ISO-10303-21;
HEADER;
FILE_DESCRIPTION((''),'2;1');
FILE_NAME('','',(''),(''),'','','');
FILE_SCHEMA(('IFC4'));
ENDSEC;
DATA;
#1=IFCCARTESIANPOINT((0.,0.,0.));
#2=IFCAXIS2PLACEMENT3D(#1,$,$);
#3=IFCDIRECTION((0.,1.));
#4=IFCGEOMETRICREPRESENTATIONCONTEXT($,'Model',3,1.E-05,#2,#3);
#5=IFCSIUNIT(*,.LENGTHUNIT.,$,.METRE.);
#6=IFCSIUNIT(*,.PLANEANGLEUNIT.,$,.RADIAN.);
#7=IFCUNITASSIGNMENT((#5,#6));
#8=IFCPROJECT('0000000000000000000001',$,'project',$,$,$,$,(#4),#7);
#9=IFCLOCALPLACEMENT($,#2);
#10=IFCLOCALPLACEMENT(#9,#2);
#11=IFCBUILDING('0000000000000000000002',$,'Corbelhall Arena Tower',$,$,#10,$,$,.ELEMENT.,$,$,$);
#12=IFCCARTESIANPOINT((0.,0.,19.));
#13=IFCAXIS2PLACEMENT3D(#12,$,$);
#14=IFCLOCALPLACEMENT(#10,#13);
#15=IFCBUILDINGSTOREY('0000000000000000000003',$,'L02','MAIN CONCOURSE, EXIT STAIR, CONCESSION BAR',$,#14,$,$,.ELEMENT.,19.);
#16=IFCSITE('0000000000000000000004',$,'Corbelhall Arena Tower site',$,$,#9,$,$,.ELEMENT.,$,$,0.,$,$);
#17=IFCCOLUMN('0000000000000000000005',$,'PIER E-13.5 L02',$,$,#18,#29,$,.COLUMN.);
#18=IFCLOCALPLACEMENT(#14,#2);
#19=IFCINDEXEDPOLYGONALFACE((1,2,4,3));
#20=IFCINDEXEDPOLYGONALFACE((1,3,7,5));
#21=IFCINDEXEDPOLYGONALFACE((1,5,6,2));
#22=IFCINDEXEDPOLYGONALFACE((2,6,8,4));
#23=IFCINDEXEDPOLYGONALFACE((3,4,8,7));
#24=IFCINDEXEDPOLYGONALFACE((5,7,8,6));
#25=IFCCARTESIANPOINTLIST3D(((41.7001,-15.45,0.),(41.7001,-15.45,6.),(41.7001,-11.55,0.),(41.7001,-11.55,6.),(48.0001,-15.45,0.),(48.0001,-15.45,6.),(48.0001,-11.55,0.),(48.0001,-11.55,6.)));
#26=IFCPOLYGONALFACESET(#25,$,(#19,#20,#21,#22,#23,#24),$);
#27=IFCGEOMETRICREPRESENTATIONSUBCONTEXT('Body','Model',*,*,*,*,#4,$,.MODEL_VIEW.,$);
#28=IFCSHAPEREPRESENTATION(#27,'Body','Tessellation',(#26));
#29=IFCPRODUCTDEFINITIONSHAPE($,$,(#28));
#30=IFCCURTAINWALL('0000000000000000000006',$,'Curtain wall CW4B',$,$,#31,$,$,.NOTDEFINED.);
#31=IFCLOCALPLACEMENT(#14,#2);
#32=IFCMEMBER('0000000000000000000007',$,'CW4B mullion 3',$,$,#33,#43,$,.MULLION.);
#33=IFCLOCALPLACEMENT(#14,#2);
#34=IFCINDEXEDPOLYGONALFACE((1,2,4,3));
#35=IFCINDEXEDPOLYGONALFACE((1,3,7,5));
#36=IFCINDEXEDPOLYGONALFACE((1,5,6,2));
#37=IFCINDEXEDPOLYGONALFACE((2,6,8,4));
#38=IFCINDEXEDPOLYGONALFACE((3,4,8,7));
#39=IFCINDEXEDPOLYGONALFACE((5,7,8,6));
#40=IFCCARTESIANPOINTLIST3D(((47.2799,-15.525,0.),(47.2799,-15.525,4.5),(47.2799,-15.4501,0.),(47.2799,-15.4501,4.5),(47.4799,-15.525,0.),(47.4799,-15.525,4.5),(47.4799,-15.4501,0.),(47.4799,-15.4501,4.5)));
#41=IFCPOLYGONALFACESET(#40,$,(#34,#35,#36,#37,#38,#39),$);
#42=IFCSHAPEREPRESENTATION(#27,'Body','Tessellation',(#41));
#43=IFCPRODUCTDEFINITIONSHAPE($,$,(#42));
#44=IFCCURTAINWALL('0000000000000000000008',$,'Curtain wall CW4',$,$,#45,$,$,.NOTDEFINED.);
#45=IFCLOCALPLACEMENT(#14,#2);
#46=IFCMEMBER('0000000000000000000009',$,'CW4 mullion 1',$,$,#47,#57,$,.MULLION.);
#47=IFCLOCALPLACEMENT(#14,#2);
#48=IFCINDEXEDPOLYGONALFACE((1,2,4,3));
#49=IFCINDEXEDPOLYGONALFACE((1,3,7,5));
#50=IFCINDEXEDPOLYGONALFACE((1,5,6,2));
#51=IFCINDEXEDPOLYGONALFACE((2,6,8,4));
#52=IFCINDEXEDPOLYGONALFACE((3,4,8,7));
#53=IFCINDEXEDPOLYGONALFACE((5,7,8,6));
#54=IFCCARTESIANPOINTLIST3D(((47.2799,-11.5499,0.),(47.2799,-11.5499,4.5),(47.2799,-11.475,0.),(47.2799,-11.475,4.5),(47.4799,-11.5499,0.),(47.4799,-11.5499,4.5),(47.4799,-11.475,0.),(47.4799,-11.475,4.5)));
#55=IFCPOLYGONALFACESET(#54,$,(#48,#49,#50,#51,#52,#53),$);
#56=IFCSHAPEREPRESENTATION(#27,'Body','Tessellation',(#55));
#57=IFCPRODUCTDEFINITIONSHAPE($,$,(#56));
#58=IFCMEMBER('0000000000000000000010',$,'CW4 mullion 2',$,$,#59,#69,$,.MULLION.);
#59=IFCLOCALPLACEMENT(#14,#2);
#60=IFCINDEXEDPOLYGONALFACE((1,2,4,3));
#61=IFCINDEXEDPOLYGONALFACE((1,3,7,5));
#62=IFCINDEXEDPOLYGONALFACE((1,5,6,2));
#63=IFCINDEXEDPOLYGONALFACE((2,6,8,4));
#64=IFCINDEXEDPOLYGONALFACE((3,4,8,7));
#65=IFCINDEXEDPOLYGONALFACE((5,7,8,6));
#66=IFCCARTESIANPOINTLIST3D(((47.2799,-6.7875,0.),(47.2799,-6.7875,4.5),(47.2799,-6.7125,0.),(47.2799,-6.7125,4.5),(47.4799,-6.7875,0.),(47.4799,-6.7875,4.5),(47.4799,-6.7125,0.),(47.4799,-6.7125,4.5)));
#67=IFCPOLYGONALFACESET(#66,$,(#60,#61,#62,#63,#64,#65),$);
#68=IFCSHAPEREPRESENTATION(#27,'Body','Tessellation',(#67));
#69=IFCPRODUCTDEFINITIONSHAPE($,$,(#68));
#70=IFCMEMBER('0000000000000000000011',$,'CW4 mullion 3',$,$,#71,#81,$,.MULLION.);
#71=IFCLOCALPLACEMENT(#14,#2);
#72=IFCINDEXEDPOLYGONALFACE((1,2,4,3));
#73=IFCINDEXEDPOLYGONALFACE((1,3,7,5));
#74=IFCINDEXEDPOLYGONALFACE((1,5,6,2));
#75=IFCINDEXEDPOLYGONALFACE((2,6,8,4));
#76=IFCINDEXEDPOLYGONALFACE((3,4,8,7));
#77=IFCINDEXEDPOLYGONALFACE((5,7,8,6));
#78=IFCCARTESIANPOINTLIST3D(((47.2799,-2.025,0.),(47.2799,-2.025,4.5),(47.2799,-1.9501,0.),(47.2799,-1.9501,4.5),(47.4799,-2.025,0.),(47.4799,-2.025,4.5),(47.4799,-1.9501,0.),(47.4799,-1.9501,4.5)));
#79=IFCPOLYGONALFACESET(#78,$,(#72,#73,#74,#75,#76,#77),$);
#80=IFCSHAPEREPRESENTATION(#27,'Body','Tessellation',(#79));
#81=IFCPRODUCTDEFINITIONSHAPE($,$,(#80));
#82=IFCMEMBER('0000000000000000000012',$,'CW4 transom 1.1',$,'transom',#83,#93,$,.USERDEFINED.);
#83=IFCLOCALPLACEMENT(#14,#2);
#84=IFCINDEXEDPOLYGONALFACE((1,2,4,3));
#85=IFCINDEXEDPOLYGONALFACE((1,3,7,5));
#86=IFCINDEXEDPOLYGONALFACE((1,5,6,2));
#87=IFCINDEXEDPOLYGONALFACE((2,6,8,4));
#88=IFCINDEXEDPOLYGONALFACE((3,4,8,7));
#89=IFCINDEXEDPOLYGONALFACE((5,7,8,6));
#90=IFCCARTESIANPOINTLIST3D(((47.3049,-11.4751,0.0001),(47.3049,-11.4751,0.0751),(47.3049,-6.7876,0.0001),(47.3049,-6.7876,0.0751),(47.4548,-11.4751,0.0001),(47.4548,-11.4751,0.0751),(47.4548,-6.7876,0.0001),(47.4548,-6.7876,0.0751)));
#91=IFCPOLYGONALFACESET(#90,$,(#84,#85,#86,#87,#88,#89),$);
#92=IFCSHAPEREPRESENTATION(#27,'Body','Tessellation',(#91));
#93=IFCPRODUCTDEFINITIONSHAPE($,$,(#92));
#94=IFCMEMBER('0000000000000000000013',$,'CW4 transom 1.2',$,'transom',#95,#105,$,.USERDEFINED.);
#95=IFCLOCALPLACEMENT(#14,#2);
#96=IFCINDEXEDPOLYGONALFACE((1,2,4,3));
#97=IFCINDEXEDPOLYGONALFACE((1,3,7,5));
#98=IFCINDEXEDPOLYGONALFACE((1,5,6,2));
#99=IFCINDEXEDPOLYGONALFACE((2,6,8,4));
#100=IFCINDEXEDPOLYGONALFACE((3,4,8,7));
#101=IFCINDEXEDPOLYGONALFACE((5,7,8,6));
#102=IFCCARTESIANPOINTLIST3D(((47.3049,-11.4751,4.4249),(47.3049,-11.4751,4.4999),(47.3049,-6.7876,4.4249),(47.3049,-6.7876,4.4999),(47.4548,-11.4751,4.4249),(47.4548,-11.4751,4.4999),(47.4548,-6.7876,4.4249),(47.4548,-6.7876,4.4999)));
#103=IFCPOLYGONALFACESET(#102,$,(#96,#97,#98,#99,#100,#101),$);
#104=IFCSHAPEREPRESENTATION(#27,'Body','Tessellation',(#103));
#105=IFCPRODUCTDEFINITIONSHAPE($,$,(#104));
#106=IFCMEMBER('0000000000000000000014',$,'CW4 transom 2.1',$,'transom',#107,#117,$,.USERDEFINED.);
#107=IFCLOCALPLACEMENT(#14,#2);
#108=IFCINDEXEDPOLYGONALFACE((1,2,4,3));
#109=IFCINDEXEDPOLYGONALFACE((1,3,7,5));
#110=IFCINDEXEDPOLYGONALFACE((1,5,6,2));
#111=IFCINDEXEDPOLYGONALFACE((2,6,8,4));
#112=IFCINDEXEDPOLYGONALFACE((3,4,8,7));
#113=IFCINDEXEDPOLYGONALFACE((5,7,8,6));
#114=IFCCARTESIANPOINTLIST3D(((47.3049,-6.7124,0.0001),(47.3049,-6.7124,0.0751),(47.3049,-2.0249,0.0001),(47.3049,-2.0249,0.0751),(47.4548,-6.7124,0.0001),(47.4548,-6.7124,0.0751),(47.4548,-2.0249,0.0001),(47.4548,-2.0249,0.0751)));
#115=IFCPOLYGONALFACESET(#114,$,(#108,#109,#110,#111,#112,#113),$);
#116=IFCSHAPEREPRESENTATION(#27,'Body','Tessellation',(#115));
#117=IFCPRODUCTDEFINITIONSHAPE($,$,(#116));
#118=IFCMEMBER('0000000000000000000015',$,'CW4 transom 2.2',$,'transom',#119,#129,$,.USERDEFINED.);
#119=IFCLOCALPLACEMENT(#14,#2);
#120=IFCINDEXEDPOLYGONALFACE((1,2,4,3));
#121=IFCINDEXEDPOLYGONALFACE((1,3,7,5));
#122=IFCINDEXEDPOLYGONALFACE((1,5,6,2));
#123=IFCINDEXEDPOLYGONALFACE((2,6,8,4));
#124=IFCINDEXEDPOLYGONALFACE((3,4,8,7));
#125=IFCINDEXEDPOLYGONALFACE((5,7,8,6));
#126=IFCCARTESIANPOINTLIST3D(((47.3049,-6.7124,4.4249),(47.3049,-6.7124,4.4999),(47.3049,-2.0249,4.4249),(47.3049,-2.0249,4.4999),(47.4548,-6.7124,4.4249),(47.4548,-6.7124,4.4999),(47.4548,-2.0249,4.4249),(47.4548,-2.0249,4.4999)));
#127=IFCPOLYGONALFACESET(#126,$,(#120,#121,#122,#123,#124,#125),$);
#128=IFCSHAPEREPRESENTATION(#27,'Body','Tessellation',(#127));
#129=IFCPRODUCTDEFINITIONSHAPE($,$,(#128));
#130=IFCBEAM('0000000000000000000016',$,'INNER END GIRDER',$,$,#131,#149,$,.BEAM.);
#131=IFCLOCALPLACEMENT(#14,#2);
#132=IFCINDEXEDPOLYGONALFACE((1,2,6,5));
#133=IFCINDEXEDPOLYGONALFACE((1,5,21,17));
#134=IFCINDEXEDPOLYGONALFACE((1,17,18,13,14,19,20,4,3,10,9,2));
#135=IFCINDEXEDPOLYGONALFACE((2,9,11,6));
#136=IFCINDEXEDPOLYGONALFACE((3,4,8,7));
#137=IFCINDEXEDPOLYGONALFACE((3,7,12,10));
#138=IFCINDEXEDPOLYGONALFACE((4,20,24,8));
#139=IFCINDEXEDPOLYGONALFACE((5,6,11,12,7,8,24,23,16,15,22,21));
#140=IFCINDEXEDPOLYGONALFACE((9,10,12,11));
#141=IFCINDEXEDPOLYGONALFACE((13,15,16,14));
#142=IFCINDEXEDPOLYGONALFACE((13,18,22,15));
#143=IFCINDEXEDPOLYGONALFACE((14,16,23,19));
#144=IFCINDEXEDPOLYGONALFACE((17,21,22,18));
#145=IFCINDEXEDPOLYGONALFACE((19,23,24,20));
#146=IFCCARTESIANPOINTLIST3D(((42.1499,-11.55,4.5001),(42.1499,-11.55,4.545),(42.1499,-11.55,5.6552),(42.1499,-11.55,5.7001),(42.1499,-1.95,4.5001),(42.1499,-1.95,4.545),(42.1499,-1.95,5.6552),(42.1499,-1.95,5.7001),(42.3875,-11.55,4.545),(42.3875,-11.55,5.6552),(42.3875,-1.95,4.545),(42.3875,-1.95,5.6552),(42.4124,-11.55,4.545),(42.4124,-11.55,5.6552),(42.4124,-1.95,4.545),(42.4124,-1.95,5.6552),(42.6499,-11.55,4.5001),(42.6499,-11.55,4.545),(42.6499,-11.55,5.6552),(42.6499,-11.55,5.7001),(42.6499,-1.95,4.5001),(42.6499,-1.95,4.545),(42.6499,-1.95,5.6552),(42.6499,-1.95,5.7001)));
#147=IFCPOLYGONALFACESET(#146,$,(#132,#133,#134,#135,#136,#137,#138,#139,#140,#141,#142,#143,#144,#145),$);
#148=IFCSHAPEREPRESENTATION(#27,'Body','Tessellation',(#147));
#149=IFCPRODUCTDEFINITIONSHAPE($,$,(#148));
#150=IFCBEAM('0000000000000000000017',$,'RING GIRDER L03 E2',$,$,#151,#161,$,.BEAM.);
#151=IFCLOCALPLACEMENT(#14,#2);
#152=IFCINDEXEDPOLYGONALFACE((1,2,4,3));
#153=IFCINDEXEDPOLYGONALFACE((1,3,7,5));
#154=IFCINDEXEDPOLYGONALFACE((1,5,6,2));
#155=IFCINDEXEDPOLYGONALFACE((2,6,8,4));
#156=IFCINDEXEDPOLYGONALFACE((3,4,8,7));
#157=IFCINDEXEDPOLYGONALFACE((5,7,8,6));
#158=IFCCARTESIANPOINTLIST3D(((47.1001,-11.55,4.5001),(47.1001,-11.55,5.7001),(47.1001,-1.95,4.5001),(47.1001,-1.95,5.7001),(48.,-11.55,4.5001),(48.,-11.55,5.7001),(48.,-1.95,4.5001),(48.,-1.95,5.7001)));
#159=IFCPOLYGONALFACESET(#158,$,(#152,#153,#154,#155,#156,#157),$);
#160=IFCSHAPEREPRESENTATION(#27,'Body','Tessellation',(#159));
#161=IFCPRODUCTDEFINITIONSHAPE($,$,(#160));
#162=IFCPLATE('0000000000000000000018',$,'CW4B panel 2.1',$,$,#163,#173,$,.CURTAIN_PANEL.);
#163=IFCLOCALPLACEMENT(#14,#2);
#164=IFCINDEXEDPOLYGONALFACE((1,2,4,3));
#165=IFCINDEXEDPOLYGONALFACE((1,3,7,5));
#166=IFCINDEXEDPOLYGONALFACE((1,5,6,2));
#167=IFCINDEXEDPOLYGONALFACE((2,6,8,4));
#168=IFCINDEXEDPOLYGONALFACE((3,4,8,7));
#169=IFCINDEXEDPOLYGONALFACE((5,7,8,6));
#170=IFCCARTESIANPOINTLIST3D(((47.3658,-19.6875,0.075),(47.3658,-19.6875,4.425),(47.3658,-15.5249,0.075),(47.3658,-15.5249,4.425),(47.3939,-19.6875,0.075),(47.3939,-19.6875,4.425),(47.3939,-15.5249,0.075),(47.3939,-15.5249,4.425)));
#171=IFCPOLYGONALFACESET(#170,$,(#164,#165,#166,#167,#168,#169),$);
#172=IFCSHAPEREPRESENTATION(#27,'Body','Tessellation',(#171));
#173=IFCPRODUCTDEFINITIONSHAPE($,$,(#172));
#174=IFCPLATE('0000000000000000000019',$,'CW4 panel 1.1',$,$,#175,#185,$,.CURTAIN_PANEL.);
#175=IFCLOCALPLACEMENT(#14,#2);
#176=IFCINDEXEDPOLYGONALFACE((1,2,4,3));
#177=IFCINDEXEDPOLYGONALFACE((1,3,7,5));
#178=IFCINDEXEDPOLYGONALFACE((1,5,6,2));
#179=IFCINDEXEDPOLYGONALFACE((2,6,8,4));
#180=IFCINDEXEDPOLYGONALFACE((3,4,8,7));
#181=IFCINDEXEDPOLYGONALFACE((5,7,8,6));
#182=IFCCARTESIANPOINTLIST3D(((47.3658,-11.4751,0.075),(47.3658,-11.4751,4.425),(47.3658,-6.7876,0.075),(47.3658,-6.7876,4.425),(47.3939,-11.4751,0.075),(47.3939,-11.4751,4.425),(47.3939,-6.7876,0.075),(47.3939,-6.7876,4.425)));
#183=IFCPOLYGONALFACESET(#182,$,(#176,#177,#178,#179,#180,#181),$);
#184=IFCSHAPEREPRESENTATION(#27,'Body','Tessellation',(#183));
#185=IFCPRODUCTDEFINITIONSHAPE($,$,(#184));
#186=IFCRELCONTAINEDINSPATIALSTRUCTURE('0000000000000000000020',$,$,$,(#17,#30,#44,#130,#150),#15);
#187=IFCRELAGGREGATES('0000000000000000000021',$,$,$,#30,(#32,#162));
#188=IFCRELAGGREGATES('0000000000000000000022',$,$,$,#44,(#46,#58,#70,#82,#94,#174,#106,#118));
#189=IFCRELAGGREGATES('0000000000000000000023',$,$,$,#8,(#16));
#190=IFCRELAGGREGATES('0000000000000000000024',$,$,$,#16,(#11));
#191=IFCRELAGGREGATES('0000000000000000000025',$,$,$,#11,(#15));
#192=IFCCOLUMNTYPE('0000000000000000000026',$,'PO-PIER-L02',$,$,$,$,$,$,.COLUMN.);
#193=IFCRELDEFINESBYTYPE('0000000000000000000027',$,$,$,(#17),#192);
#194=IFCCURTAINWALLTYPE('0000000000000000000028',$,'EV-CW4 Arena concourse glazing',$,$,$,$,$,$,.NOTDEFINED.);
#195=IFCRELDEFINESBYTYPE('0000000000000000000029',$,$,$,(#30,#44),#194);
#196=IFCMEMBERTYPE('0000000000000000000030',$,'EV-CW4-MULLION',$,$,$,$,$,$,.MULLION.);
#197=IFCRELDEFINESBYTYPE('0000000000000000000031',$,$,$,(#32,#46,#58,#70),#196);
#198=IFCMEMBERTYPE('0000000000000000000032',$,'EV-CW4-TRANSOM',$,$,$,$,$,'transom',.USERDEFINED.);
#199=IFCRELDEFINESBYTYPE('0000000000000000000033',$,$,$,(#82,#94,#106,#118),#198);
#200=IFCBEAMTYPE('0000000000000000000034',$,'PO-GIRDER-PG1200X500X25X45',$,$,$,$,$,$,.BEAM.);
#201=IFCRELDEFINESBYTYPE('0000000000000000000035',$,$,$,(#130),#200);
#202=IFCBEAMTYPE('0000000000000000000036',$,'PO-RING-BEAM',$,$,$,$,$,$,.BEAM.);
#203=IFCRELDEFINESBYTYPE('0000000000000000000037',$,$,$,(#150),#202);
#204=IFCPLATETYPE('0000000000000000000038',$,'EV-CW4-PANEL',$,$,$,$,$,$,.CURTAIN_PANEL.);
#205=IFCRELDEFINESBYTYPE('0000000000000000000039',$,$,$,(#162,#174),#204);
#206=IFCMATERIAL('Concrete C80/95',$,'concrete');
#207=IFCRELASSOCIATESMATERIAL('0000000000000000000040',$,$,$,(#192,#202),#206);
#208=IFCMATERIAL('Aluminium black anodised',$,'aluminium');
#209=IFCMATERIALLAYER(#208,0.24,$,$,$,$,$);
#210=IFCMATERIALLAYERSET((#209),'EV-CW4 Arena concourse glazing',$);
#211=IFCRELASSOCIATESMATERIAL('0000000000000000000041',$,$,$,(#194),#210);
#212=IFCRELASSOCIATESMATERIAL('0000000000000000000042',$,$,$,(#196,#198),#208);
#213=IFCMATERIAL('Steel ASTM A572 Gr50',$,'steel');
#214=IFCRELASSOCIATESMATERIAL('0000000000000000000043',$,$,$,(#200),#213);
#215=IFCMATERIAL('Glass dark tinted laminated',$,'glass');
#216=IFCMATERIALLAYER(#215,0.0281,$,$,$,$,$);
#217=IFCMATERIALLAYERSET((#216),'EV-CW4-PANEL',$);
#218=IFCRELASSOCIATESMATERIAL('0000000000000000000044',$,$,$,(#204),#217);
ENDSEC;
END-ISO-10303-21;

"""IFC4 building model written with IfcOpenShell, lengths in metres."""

from ifc_helpers import new_model, si_unit, direction, frame, origin, origin_2d, place, context, subcontext, project, spatial, rectangle, i_section, extrude, material, layer, layer_set, material_profile, profile_set, type_object, element, aggregate, save


model = new_model("IFC4")

# Units and contexts
model_context = context("Model", 3, precision=1e-05, world=origin(), true_north=direction((0.0, 1.0)))
body_context = subcontext(model_context, "Body", "Model", "MODEL_VIEW")
ifc_project = project(units=[si_unit("LENGTHUNIT", "METRE"), si_unit("PLANEANGLEUNIT", "RADIAN")], contexts=[model_context])

# Site, building, storey
site_placement = place(None, origin())
site = spatial("IfcSite", under=ifc_project, at=site_placement, Name="Corbelhall Arena Tower site", CompositionType="ELEMENT", RefElevation=0.0)
building_placement = place(site_placement, origin())
building = spatial("IfcBuilding", under=site, at=building_placement, Name="Corbelhall Arena Tower", CompositionType="ELEMENT")
storey_placement = place(building_placement, frame((0.0, 0.0, 19.0)))
storey = spatial("IfcBuildingStorey", under=building, at=storey_placement, Name="L02", Description="MAIN CONCOURSE, EXIT STAIR, CONCESSION BAR", CompositionType="ELEMENT", Elevation=19.0)

# Column
ifc_material_1 = material(Name="Concrete C80/95", Category="concrete")
ifc_material_profile_1 = material_profile(ifc_material_1, rectangle(XDim=3.8999, YDim=6.3, at=origin_2d()))
ifc_profile_set_1 = profile_set([ifc_material_profile_1], Name="Concrete C80/95")
column_type = type_object("IfcColumnType", Name="PO-PIER-L02", PredefinedType="COLUMN", material=ifc_profile_set_1)
column_placement = place(storey_placement, frame((44.8501, -13.5, 0.0), z_axis=(0.0, 0.0, 1.0), x_axis=(0.0, 1.0, 0.0)))
element("IfcColumn", 1, at=column_placement, inside=storey, type_object=column_type, Name="PIER E-13.5 L02", PredefinedType="COLUMN", context=body_context, shape_type="SweptSolid", body=[
    extrude(rectangle(XDim=3.8999, YDim=6.3, at=origin_2d()), origin(), (0.0, 0.0, 1.0), 6.0),
])

# Curtain wall, member
ifc_material_2 = material(Name="Aluminium black anodised", Category="aluminium")
ifc_layer_1 = layer(ifc_material_2, 0.24)
ifc_layer_set_1 = layer_set([ifc_layer_1], Name="EV-CW4 Arena concourse glazing")
curtain_wall_type = type_object("IfcCurtainWallType", Name="EV-CW4 Arena concourse glazing", PredefinedType="NOTDEFINED", material=ifc_layer_set_1)
curtain_wall_1_placement = place(storey_placement, origin())
curtain_wall_1 = element("IfcCurtainWall", 2, at=curtain_wall_1_placement, inside=storey, type_object=curtain_wall_type, Name="Curtain wall CW4B", PredefinedType="NOTDEFINED")
ifc_material_profile_2 = material_profile(ifc_material_2, rectangle(XDim=0.2, YDim=0.075, at=origin_2d()))
ifc_profile_set_2 = profile_set([ifc_material_profile_2], Name="Aluminium black anodised")
member_type_1 = type_object("IfcMemberType", Name="EV-CW4-MULLION", PredefinedType="MULLION", material=ifc_profile_set_2)
member_1_placement = place(storey_placement, frame((47.3799, -15.4875, 0.0), z_axis=(0.0, 0.0, 1.0), x_axis=(-1.0, 0.0, 0.0)))
member_1 = element("IfcMember", 3, at=member_1_placement, type_object=member_type_1, Name="CW4B mullion 3", PredefinedType="MULLION", context=body_context, shape_type="SweptSolid", body=[
    extrude(rectangle(XDim=0.2, YDim=0.075, at=origin_2d()), origin(), (0.0, 0.0, 1.0), 4.5),
])

# Curtain wall, members
curtain_wall_2_placement = place(storey_placement, origin())
curtain_wall_2 = element("IfcCurtainWall", 4, at=curtain_wall_2_placement, inside=storey, type_object=curtain_wall_type, Name="Curtain wall CW4", PredefinedType="NOTDEFINED")
member_2_placement = place(storey_placement, frame((47.3799, -11.5125, 0.0), z_axis=(0.0, 0.0, 1.0), x_axis=(-1.0, 0.0, 0.0)))
member_2 = element("IfcMember", 5, at=member_2_placement, type_object=member_type_1, Name="CW4 mullion 1", PredefinedType="MULLION", context=body_context, shape_type="SweptSolid", body=[
    extrude(rectangle(XDim=0.2, YDim=0.075, at=origin_2d()), origin(), (0.0, 0.0, 1.0), 4.5),
])
member_3_placement = place(storey_placement, frame((47.3799, -6.75, 0.0), z_axis=(0.0, 0.0, 1.0), x_axis=(-1.0, 0.0, 0.0)))
member_3 = element("IfcMember", 6, at=member_3_placement, type_object=member_type_1, Name="CW4 mullion 2", PredefinedType="MULLION", context=body_context, shape_type="SweptSolid", body=[
    extrude(rectangle(XDim=0.2, YDim=0.075, at=origin_2d()), origin(), (0.0, 0.0, 1.0), 4.5),
])
member_4_placement = place(storey_placement, frame((47.3799, -1.9875, 0.0), z_axis=(0.0, 0.0, 1.0), x_axis=(-1.0, 0.0, 0.0)))
member_4 = element("IfcMember", 7, at=member_4_placement, type_object=member_type_1, Name="CW4 mullion 3", PredefinedType="MULLION", context=body_context, shape_type="SweptSolid", body=[
    extrude(rectangle(XDim=0.2, YDim=0.075, at=origin_2d()), origin(), (0.0, 0.0, 1.0), 4.5),
])
ifc_material_profile_3 = material_profile(ifc_material_2, rectangle(XDim=0.1499, YDim=0.075, at=origin_2d()))
ifc_profile_set_3 = profile_set([ifc_material_profile_3], Name="Aluminium black anodised")
member_type_2 = type_object("IfcMemberType", Name="EV-CW4-TRANSOM", ElementType="transom", PredefinedType="USERDEFINED", material=ifc_profile_set_3)
member_5_placement = place(storey_placement, frame((47.3799, -11.4751, 0.0376), z_axis=(0.0, 1.0, 0.0), x_axis=(-1.0, 0.0, 0.0)))
member_5 = element("IfcMember", 8, at=member_5_placement, type_object=member_type_2, Name="CW4 transom 1.1", ObjectType="transom", PredefinedType="USERDEFINED", context=body_context, shape_type="SweptSolid", body=[
    extrude(rectangle(XDim=0.1499, YDim=0.075, at=origin_2d()), origin(), (0.0, 0.0, 1.0), 4.6875),
])
member_6_placement = place(storey_placement, frame((47.3799, -11.4751, 4.4624), z_axis=(0.0, 1.0, 0.0), x_axis=(-1.0, 0.0, 0.0)))
member_6 = element("IfcMember", 9, at=member_6_placement, type_object=member_type_2, Name="CW4 transom 1.2", ObjectType="transom", PredefinedType="USERDEFINED", context=body_context, shape_type="SweptSolid", body=[
    extrude(rectangle(XDim=0.1499, YDim=0.075, at=origin_2d()), origin(), (0.0, 0.0, 1.0), 4.6875),
])
member_7_placement = place(storey_placement, frame((47.3799, -6.7124, 0.0376), z_axis=(0.0, 1.0, 0.0), x_axis=(-1.0, 0.0, 0.0)))
member_7 = element("IfcMember", 10, at=member_7_placement, type_object=member_type_2, Name="CW4 transom 2.1", ObjectType="transom", PredefinedType="USERDEFINED", context=body_context, shape_type="SweptSolid", body=[
    extrude(rectangle(XDim=0.1499, YDim=0.075, at=origin_2d()), origin(), (0.0, 0.0, 1.0), 4.6875),
])
member_8_placement = place(storey_placement, frame((47.3799, -6.7124, 4.4624), z_axis=(0.0, 1.0, 0.0), x_axis=(-1.0, 0.0, 0.0)))
member_8 = element("IfcMember", 11, at=member_8_placement, type_object=member_type_2, Name="CW4 transom 2.2", ObjectType="transom", PredefinedType="USERDEFINED", context=body_context, shape_type="SweptSolid", body=[
    extrude(rectangle(XDim=0.1499, YDim=0.075, at=origin_2d()), origin(), (0.0, 0.0, 1.0), 4.6875),
])

# Beams
ifc_material_3 = material(Name="Steel ASTM A572 Gr50", Category="steel")
ifc_material_profile_4 = material_profile(ifc_material_3, i_section(OverallWidth=0.5, OverallDepth=1.2, WebThickness=0.0249, FlangeThickness=0.0449, at=origin_2d()))
ifc_profile_set_4 = profile_set([ifc_material_profile_4], Name="Steel ASTM A572 Gr50")
beam_type_1 = type_object("IfcBeamType", Name="PO-GIRDER-PG1200X500X25X45", PredefinedType="BEAM", material=ifc_profile_set_4)
beam_1_placement = place(storey_placement, frame((42.3999, -11.55, 5.1001), z_axis=(0.0, 1.0, 0.0), x_axis=(-1.0, 0.0, 0.0)))
element("IfcBeam", 12, at=beam_1_placement, inside=storey, type_object=beam_type_1, Name="INNER END GIRDER", PredefinedType="BEAM", context=body_context, shape_type="SweptSolid", body=[
    extrude(i_section(OverallWidth=0.5, OverallDepth=1.2, WebThickness=0.0249, FlangeThickness=0.0449, at=origin_2d()), origin(), (0.0, 0.0, 1.0), 9.6001),
])
ifc_material_profile_5 = material_profile(ifc_material_1, rectangle(XDim=0.8999, YDim=1.2, at=origin_2d()))
ifc_profile_set_5 = profile_set([ifc_material_profile_5], Name="Concrete C80/95")
beam_type_2 = type_object("IfcBeamType", Name="PO-RING-BEAM", PredefinedType="BEAM", material=ifc_profile_set_5)
beam_2_placement = place(storey_placement, frame((47.55, -11.55, 5.1001), z_axis=(0.0, 1.0, 0.0), x_axis=(-1.0, 0.0, 0.0)))
element("IfcBeam", 13, at=beam_2_placement, inside=storey, type_object=beam_type_2, Name="RING GIRDER L03 E2", PredefinedType="BEAM", context=body_context, shape_type="SweptSolid", body=[
    extrude(rectangle(XDim=0.8999, YDim=1.2, at=origin_2d()), origin(), (0.0, 0.0, 1.0), 9.6001),
])

# Plates
ifc_material_4 = material(Name="Glass dark tinted laminated", Category="glass")
ifc_layer_2 = layer(ifc_material_4, 0.0281)
ifc_layer_set_2 = layer_set([ifc_layer_2], Name="EV-CW4-PANEL")
plate_type = type_object("IfcPlateType", Name="EV-CW4-PANEL", PredefinedType="CURTAIN_PANEL", material=ifc_layer_set_2)
plate_1_placement = place(storey_placement, frame((47.3799, -17.6062, 0.075), z_axis=(0.0, 0.0, 1.0), x_axis=(0.0, 1.0, 0.0)))
plate_1 = element("IfcPlate", 14, at=plate_1_placement, type_object=plate_type, Name="CW4B panel 2.1", PredefinedType="CURTAIN_PANEL", context=body_context, shape_type="SweptSolid", body=[
    extrude(rectangle(XDim=4.1626, YDim=0.0281, at=origin_2d()), origin(), (0.0, 0.0, 1.0), 4.3501),
])
aggregate(curtain_wall_1, [member_1, plate_1])
plate_2_placement = place(storey_placement, frame((47.3799, -9.1313, 0.075), z_axis=(0.0, 0.0, 1.0), x_axis=(0.0, 1.0, 0.0)))
plate_2 = element("IfcPlate", 15, at=plate_2_placement, type_object=plate_type, Name="CW4 panel 1.1", PredefinedType="CURTAIN_PANEL", context=body_context, shape_type="SweptSolid", body=[
    extrude(rectangle(XDim=4.6875, YDim=0.0281, at=origin_2d()), origin(), (0.0, 0.0, 1.0), 4.3501),
])
aggregate(curtain_wall_2, [member_2, member_3, member_4, member_5, member_6, plate_2, member_7, member_8])

save(model, "model.ifc")
